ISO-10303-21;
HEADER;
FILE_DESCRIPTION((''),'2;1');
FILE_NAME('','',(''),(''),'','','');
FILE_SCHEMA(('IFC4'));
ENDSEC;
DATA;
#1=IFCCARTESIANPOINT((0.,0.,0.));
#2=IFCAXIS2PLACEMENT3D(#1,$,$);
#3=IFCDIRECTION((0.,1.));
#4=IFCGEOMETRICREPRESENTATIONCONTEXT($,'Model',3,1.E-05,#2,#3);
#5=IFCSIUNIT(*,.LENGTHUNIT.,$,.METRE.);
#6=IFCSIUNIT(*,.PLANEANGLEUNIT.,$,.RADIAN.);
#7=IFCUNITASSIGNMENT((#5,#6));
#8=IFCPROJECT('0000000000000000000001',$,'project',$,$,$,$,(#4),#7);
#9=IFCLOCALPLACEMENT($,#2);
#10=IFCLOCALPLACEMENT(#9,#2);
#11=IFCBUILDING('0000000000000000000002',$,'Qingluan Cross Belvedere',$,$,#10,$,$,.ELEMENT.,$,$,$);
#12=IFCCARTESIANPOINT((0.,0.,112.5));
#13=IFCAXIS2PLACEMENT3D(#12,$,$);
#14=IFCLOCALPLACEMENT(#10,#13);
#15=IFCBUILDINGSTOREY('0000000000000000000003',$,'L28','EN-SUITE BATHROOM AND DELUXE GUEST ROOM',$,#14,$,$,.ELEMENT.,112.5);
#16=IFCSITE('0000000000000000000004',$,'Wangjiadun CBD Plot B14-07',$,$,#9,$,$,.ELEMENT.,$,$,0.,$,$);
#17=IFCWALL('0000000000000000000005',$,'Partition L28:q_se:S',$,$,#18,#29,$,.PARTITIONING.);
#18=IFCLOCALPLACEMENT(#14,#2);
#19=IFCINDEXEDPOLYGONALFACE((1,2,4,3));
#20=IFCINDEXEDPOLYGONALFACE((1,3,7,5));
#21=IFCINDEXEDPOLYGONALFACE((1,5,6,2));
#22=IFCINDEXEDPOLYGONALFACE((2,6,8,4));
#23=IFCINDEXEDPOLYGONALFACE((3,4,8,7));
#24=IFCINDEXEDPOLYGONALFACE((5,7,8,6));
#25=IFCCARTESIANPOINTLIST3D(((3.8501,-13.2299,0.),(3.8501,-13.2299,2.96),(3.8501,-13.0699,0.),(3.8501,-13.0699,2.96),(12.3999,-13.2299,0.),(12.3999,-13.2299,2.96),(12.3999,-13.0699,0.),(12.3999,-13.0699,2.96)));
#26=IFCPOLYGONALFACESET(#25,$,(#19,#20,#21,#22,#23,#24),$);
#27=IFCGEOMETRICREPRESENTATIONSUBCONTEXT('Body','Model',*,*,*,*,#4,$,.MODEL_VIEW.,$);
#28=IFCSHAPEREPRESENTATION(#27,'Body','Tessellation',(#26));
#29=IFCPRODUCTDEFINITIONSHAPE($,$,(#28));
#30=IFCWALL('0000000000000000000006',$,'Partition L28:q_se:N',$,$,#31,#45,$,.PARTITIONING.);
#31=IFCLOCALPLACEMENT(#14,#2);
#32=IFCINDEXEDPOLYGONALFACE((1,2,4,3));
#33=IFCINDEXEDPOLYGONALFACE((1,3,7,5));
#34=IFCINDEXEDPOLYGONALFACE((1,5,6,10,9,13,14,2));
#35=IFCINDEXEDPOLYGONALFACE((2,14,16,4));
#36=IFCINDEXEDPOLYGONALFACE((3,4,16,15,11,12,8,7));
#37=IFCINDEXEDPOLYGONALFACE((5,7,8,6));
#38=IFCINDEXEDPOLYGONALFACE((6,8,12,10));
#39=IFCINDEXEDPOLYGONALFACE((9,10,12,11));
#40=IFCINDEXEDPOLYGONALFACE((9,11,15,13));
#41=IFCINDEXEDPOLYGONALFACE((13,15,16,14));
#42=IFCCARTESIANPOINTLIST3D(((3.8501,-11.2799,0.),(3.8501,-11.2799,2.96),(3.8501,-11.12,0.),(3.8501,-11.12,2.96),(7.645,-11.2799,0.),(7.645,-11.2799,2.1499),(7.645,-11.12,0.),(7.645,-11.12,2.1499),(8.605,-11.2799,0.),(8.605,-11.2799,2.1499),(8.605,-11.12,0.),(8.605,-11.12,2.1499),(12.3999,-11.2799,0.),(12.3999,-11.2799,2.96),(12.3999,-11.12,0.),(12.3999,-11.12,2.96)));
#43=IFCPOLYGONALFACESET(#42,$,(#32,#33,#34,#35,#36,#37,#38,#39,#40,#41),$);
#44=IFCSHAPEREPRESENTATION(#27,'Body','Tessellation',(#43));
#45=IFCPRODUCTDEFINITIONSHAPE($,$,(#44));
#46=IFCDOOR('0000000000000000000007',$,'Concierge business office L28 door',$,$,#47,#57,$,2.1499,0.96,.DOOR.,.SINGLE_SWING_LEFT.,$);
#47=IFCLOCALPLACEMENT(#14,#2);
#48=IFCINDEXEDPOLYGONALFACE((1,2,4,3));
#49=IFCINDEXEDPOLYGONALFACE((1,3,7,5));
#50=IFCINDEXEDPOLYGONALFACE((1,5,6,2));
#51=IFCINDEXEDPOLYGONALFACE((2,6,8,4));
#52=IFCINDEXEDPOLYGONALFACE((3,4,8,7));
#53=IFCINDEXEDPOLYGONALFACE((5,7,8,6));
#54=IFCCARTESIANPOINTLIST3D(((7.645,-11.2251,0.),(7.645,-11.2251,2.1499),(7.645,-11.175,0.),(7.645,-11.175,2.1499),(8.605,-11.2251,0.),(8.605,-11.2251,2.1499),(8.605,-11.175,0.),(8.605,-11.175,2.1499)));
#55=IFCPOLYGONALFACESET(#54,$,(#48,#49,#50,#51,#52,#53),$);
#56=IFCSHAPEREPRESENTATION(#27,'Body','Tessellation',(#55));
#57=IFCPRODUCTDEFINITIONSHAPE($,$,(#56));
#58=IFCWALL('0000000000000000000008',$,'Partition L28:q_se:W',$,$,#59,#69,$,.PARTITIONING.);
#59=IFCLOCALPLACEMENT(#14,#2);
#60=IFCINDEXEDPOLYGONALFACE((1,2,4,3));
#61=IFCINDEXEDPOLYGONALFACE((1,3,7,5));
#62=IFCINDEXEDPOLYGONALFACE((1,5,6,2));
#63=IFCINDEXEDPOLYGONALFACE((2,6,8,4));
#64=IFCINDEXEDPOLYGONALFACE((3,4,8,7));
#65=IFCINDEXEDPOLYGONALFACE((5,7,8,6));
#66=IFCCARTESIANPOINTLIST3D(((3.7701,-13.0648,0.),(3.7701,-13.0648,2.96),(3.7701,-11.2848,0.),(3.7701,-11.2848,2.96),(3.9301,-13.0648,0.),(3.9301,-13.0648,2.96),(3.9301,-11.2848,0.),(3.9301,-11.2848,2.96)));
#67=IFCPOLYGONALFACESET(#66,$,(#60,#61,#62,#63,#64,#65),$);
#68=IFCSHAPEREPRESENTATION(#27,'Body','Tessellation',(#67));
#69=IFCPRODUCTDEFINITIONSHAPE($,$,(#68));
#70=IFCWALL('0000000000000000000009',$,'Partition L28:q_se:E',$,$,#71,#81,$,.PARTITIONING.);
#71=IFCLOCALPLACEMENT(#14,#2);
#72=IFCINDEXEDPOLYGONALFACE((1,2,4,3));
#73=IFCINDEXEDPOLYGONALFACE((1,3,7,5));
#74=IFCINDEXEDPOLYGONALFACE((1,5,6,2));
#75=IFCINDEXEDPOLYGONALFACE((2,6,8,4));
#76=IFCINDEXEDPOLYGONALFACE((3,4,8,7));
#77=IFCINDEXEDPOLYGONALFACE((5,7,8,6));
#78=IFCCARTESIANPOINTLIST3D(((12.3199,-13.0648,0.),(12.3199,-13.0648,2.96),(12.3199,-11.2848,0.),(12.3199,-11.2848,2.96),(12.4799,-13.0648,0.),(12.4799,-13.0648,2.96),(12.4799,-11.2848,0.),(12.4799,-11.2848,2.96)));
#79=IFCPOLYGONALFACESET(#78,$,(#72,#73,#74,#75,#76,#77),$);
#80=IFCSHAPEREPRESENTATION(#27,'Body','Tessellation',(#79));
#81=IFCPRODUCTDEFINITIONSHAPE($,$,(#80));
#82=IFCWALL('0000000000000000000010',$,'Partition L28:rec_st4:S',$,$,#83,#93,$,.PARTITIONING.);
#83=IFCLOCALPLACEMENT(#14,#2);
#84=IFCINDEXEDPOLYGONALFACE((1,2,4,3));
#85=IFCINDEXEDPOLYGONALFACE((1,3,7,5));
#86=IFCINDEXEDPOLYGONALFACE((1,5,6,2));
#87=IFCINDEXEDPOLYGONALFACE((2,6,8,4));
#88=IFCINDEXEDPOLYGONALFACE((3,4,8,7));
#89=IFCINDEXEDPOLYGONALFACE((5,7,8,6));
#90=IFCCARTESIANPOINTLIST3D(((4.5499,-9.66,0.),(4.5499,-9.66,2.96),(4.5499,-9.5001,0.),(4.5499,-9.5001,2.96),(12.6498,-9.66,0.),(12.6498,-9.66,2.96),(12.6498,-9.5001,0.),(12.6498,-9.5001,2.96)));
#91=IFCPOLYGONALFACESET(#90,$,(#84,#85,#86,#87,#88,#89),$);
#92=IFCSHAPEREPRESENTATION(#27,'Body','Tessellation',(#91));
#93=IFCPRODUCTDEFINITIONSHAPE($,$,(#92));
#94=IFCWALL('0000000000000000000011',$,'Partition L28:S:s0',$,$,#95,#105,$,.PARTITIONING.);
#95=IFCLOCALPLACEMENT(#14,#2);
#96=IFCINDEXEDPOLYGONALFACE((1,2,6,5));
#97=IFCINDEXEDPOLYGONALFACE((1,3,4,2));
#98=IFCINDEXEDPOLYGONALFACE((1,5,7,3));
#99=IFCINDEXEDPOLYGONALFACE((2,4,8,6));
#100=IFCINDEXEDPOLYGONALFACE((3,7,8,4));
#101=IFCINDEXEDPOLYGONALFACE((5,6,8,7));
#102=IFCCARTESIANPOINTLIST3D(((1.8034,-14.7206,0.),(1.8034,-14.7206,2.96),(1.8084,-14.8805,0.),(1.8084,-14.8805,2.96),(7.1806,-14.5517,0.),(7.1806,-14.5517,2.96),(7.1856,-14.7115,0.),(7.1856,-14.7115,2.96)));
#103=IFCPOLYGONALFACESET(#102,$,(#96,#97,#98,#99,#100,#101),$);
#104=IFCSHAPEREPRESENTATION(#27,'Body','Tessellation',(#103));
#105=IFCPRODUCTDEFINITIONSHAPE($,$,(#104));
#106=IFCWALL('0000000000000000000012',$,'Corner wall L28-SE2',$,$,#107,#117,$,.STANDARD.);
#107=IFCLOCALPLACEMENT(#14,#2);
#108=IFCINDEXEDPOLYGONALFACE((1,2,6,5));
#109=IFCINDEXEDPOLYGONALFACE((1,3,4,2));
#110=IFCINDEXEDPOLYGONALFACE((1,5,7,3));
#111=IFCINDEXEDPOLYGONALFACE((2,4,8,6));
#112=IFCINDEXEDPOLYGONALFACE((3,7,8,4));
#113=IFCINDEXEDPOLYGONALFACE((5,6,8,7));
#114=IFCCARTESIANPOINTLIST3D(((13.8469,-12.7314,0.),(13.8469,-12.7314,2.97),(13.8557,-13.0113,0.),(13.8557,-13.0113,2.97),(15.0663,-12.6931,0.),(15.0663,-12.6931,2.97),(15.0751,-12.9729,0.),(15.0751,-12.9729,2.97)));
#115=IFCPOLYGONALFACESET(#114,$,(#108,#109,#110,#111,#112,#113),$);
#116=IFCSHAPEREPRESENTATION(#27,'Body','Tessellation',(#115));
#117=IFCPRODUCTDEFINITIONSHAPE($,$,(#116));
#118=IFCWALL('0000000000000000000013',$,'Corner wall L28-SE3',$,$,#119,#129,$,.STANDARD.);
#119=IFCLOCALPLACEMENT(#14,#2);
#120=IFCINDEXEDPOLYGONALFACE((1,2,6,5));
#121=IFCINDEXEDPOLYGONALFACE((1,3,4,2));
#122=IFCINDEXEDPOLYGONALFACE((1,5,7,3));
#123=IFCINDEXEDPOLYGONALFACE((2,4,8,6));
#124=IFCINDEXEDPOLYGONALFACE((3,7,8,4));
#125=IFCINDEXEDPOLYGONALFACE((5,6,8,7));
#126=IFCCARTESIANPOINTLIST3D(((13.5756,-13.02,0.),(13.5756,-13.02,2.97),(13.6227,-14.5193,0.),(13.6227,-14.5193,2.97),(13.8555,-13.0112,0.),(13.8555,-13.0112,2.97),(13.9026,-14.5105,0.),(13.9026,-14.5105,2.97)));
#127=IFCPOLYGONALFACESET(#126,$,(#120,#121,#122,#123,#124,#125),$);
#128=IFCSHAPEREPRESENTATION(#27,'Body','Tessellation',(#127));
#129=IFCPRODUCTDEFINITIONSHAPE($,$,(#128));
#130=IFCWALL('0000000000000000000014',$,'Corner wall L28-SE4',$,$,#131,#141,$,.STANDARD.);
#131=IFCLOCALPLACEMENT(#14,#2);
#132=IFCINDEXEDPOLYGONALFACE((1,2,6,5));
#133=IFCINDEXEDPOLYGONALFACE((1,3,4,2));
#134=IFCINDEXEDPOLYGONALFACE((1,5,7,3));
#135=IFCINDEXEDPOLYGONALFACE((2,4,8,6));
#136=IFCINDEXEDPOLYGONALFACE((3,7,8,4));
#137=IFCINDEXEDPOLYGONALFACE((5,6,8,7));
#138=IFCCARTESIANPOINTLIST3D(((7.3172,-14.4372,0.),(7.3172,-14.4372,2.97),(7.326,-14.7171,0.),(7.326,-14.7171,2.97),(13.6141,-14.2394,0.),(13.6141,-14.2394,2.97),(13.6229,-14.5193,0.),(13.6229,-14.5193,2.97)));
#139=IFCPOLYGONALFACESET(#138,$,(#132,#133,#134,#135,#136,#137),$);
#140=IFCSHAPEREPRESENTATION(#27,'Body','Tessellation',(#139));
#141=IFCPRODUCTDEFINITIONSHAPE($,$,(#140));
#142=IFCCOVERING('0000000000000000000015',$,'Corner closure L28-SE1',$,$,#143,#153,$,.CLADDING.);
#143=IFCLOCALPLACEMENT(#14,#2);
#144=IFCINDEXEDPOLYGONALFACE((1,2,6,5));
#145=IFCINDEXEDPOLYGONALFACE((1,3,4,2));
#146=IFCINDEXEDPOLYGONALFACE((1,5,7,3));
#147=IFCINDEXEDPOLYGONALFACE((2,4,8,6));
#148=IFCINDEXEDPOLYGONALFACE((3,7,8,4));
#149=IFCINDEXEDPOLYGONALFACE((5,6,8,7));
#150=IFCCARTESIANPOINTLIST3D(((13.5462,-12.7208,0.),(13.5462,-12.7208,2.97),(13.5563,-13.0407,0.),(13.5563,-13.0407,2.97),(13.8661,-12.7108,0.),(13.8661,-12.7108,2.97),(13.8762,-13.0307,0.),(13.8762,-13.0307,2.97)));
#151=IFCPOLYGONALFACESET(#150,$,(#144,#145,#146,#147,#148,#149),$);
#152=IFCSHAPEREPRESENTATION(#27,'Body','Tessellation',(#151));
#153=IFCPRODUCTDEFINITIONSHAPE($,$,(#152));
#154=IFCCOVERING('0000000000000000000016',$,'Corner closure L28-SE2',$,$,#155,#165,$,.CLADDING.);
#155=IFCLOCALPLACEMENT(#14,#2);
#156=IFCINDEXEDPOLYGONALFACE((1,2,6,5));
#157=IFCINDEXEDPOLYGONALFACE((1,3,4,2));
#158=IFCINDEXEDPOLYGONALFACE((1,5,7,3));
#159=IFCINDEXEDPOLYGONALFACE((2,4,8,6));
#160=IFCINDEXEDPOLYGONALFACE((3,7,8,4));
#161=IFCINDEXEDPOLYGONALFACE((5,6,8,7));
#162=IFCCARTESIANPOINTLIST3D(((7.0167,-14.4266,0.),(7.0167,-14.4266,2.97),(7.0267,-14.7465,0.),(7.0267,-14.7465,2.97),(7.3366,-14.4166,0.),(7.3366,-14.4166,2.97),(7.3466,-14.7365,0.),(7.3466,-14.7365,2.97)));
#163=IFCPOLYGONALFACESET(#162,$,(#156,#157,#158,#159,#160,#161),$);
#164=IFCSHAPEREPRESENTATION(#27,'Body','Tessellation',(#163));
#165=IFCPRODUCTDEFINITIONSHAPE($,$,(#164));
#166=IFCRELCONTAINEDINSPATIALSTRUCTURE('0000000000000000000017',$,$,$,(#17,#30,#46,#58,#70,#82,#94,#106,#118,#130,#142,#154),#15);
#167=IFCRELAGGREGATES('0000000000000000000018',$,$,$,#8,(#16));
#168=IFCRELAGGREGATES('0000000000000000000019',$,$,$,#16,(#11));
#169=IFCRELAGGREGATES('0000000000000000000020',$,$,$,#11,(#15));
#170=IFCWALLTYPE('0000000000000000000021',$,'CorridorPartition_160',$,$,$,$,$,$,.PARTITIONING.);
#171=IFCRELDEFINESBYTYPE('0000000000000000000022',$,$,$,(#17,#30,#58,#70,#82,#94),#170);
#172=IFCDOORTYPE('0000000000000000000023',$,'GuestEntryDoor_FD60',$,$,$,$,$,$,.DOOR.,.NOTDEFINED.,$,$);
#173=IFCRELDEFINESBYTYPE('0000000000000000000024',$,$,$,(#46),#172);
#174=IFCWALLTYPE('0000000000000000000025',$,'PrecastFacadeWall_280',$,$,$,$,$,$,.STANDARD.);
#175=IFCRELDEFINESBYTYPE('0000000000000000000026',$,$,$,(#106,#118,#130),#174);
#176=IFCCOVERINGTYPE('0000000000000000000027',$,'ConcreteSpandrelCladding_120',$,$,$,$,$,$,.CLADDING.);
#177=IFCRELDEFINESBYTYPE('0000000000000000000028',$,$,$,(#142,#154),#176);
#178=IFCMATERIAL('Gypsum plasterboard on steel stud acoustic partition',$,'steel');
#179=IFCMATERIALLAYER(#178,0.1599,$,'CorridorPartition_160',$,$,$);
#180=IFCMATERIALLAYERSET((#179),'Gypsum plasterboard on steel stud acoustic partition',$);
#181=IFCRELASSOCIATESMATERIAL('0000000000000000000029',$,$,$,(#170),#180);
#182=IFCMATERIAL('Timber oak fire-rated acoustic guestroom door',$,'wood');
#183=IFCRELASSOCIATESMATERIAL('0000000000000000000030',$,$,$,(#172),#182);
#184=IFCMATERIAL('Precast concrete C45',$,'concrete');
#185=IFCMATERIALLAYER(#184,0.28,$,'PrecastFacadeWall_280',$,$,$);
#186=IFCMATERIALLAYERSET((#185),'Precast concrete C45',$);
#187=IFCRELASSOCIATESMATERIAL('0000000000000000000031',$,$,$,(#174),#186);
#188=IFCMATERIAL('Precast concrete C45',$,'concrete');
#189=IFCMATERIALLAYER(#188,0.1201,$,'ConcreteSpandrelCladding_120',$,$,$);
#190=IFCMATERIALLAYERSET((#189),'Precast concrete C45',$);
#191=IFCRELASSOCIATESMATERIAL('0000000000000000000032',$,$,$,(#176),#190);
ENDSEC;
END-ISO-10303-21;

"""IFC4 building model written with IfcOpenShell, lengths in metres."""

from ifc_helpers import new_model, si_unit, direction, frame, frame_2d, origin, origin_2d, place, context, subcontext, project, spatial, rectangle, extrude, material, layer, layer_set, type_object, element, fill, save


model = new_model("IFC4")

# Units and contexts
model_context = context("Model", 3, precision=1e-05, world=origin(), true_north=direction((0.0, 1.0)))
body_context = subcontext(model_context, "Body", "Model", "MODEL_VIEW")
ifc_project = project(units=[si_unit("LENGTHUNIT", "METRE"), si_unit("PLANEANGLEUNIT", "RADIAN")], contexts=[model_context])

# Site, building, storey
site_placement = place(None, origin())
site = spatial("IfcSite", under=ifc_project, at=site_placement, Name="Wangjiadun CBD Plot B14-07", CompositionType="ELEMENT", RefElevation=0.0)
building_placement = place(site_placement, origin())
building = spatial("IfcBuilding", under=site, at=building_placement, Name="Qingluan Cross Belvedere", CompositionType="ELEMENT")
storey_placement = place(building_placement, frame((0.0, 0.0, 112.5)))
storey = spatial("IfcBuildingStorey", under=building, at=storey_placement, Name="L28", Description="EN-SUITE BATHROOM AND DELUXE GUEST ROOM", CompositionType="ELEMENT", Elevation=112.5)

# Wall
ifc_material_1 = material(Name="Gypsum plasterboard on steel stud acoustic partition", Category="steel")
ifc_layer_1 = layer(ifc_material_1, 0.1599, Name="CorridorPartition_160")
ifc_layer_set_1 = layer_set([ifc_layer_1], Name="Gypsum plasterboard on steel stud acoustic partition")
wall_type_1 = type_object("IfcWallType", Name="CorridorPartition_160", PredefinedType="PARTITIONING", material=ifc_layer_set_1)
wall_1_placement = place(storey_placement, frame((3.8501, -13.1499, 0.0), z_axis=(0.0, 0.0, 1.0), x_axis=(1.0, 0.0, 0.0)))
element("IfcWall", 1, at=wall_1_placement, inside=storey, type_object=wall_type_1, Name="Partition L28:q_se:S", PredefinedType="PARTITIONING", context=body_context, shape_type="SweptSolid", body=[
    extrude(rectangle(XDim=8.5498, YDim=0.1599, at=frame_2d((4.2749, 0.0))), origin(), (0.0, 0.0, 1.0), 2.96),
])

# Wall, opening, door
wall_2_placement = place(storey_placement, frame((3.8501, -11.2, 0.0), z_axis=(0.0, 0.0, 1.0), x_axis=(1.0, 0.0, 0.0)))
wall_2 = element("IfcWall", 2, at=wall_2_placement, inside=storey, type_object=wall_type_1, Name="Partition L28:q_se:N", PredefinedType="PARTITIONING", context=body_context, shape_type="SweptSolid", body=[
    extrude(rectangle(XDim=8.5498, YDim=0.1599, at=frame_2d((4.2749, 0.0))), origin(), (0.0, 0.0, 1.0), 2.96),
])
opening_placement = place(wall_2_placement, frame((3.7949, 0.0, 0.0)))
opening = element("IfcOpeningElement", 3, at=opening_placement, cuts=wall_2, PredefinedType="OPENING", context=body_context, shape_type="SweptSolid", body=[
    extrude(rectangle(XDim=0.96, YDim=2.1499, at=frame_2d((0.48, 1.075))), frame((0.0, 0.0898, 0.0), z_axis=(0.0, -1.0, 0.0), x_axis=(1.0, 0.0, 0.0)), (0.0, 0.0, 1.0), 0.1799),
])
ifc_material_2 = material(Name="Timber oak fire-rated acoustic guestroom door", Category="wood")
door_type = type_object("IfcDoorType", Name="GuestEntryDoor_FD60", OperationType="NOTDEFINED", PredefinedType="DOOR", material=ifc_material_2)
door_placement = place(opening_placement, origin())
door = element("IfcDoor", 4, at=door_placement, inside=storey, type_object=door_type, Name="Concierge business office L28 door", OperationType="SINGLE_SWING_LEFT", OverallHeight=2.1499, OverallWidth=0.96, PredefinedType="DOOR", context=body_context, shape_type="SweptSolid", body=[
    extrude(rectangle(XDim=0.96, YDim=2.1499, at=frame_2d((0.48, 1.075))), frame((0.0, 0.0249, 0.0), z_axis=(0.0, -1.0, 0.0), x_axis=(1.0, 0.0, 0.0)), (0.0, 0.0, 1.0), 0.05),
])
fill(opening, door)

# Walls
for number, where, z_axis, x_axis, name in (
    (5, (3.8501, -13.0649, 0.0), (0.0, 0.0, 1.0), (0.0, 1.0, 0.0), "Partition L28:q_se:W"),
    (6, (12.3999, -13.0649, 0.0), (0.0, 0.0, 1.0), (0.0, 1.0, 0.0), "Partition L28:q_se:E"),
):
    element("IfcWall", number, at=place(storey_placement, frame(where, z_axis=z_axis, x_axis=x_axis)), inside=storey, type_object=wall_type_1, Name=name, PredefinedType="PARTITIONING", context=body_context, shape_type="SweptSolid", body=[
        extrude(rectangle(XDim=1.78, YDim=0.1599, at=frame_2d((0.8901, 0.0))), origin(), (0.0, 0.0, 1.0), 2.96),
    ])
wall_3_placement = place(storey_placement, frame((4.55, -9.5801, 0.0), z_axis=(0.0, 0.0, 1.0), x_axis=(1.0, 0.0, 0.0)))
element("IfcWall", 7, at=wall_3_placement, inside=storey, type_object=wall_type_1, Name="Partition L28:rec_st4:S", PredefinedType="PARTITIONING", context=body_context, shape_type="SweptSolid", body=[
    extrude(rectangle(XDim=8.0999, YDim=0.1599, at=frame_2d((4.0498, 0.0))), origin(), (0.0, 0.0, 1.0), 2.96),
])
wall_4_placement = place(storey_placement, frame((1.8059, -14.8005, 0.0), z_axis=(0.0, 0.0, 1.0), x_axis=(0.999507, 0.031403, 0.0)))
element("IfcWall", 8, at=wall_4_placement, inside=storey, type_object=wall_type_1, Name="Partition L28:S:s0", PredefinedType="PARTITIONING", context=body_context, shape_type="SweptSolid", body=[
    extrude(rectangle(XDim=5.3799, YDim=0.1599, at=frame_2d((2.6899, 0.0))), origin(), (0.0, 0.0, 1.0), 2.96),
])
ifc_material_3 = material(Name="Precast concrete C45", Category="concrete")
ifc_layer_2 = layer(ifc_material_3, 0.28, Name="PrecastFacadeWall_280")
ifc_layer_set_2 = layer_set([ifc_layer_2], Name="Precast concrete C45")
wall_type_2 = type_object("IfcWallType", Name="PrecastFacadeWall_280", PredefinedType="STANDARD", material=ifc_layer_set_2)
wall_5_placement = place(storey_placement, frame((15.0706, -12.833, 0.0), z_axis=(0.0, 0.0, 1.0), x_axis=(-0.999506, -0.031416, 0.0)))
element("IfcWall", 9, at=wall_5_placement, inside=storey, type_object=wall_type_2, Name="Corner wall L28-SE2", PredefinedType="STANDARD", context=body_context, shape_type="SweptSolid", body=[
    extrude(rectangle(XDim=1.22, YDim=0.28, at=frame_2d((0.6099, 0.0))), origin(), (0.0, 0.0, 1.0), 2.97),
])
wall_6_placement = place(storey_placement, frame((13.7156, -13.0156, 0.0), z_axis=(0.0, 0.0, 1.0), x_axis=(0.031413, -0.999507, 0.0)))
element("IfcWall", 10, at=wall_6_placement, inside=storey, type_object=wall_type_2, Name="Corner wall L28-SE3", PredefinedType="STANDARD", context=body_context, shape_type="SweptSolid", body=[
    extrude(rectangle(XDim=1.5, YDim=0.28, at=frame_2d((0.75, 0.0))), origin(), (0.0, 0.0, 1.0), 2.97),
])
wall_7_placement = place(storey_placement, frame((13.6184, -14.3794, 0.0), z_axis=(0.0, 0.0, 1.0), x_axis=(-0.999507, -0.03139, 0.0)))
element("IfcWall", 11, at=wall_7_placement, inside=storey, type_object=wall_type_2, Name="Corner wall L28-SE4", PredefinedType="STANDARD", context=body_context, shape_type="SweptSolid", body=[
    extrude(rectangle(XDim=6.3, YDim=0.28, at=frame_2d((3.1499, 0.0))), origin(), (0.0, 0.0, 1.0), 2.97),
])

# Coverings
ifc_material_4 = material(Name="Precast concrete C45", Category="concrete")
ifc_layer_3 = layer(ifc_material_4, 0.1201, Name="ConcreteSpandrelCladding_120")
ifc_layer_set_3 = layer_set([ifc_layer_3], Name="Precast concrete C45")
covering_type = type_object("IfcCoveringType", Name="ConcreteSpandrelCladding_120", PredefinedType="CLADDING", material=ifc_layer_set_3)
for number, where, z_axis, x_axis, name in (
    (12, (13.7112, -12.8757, 0.0), (0.0, 0.0, 1.0), (0.999507, 0.031411, 0.0), "Corner closure L28-SE1"),
    (13, (7.1816, -14.5815, 0.0), (0.0, 0.0, 1.0), (0.999507, 0.031411, 0.0), "Corner closure L28-SE2"),
):
    element("IfcCovering", number, at=place(storey_placement, frame(where, z_axis=z_axis, x_axis=x_axis)), inside=storey, type_object=covering_type, Name=name, PredefinedType="CLADDING", context=body_context, shape_type="SweptSolid", body=[
        extrude(rectangle(XDim=0.3201, YDim=0.3201, at=origin_2d()), origin(), (0.0, 0.0, 1.0), 2.97),
    ])

save(model, "model.ifc")
